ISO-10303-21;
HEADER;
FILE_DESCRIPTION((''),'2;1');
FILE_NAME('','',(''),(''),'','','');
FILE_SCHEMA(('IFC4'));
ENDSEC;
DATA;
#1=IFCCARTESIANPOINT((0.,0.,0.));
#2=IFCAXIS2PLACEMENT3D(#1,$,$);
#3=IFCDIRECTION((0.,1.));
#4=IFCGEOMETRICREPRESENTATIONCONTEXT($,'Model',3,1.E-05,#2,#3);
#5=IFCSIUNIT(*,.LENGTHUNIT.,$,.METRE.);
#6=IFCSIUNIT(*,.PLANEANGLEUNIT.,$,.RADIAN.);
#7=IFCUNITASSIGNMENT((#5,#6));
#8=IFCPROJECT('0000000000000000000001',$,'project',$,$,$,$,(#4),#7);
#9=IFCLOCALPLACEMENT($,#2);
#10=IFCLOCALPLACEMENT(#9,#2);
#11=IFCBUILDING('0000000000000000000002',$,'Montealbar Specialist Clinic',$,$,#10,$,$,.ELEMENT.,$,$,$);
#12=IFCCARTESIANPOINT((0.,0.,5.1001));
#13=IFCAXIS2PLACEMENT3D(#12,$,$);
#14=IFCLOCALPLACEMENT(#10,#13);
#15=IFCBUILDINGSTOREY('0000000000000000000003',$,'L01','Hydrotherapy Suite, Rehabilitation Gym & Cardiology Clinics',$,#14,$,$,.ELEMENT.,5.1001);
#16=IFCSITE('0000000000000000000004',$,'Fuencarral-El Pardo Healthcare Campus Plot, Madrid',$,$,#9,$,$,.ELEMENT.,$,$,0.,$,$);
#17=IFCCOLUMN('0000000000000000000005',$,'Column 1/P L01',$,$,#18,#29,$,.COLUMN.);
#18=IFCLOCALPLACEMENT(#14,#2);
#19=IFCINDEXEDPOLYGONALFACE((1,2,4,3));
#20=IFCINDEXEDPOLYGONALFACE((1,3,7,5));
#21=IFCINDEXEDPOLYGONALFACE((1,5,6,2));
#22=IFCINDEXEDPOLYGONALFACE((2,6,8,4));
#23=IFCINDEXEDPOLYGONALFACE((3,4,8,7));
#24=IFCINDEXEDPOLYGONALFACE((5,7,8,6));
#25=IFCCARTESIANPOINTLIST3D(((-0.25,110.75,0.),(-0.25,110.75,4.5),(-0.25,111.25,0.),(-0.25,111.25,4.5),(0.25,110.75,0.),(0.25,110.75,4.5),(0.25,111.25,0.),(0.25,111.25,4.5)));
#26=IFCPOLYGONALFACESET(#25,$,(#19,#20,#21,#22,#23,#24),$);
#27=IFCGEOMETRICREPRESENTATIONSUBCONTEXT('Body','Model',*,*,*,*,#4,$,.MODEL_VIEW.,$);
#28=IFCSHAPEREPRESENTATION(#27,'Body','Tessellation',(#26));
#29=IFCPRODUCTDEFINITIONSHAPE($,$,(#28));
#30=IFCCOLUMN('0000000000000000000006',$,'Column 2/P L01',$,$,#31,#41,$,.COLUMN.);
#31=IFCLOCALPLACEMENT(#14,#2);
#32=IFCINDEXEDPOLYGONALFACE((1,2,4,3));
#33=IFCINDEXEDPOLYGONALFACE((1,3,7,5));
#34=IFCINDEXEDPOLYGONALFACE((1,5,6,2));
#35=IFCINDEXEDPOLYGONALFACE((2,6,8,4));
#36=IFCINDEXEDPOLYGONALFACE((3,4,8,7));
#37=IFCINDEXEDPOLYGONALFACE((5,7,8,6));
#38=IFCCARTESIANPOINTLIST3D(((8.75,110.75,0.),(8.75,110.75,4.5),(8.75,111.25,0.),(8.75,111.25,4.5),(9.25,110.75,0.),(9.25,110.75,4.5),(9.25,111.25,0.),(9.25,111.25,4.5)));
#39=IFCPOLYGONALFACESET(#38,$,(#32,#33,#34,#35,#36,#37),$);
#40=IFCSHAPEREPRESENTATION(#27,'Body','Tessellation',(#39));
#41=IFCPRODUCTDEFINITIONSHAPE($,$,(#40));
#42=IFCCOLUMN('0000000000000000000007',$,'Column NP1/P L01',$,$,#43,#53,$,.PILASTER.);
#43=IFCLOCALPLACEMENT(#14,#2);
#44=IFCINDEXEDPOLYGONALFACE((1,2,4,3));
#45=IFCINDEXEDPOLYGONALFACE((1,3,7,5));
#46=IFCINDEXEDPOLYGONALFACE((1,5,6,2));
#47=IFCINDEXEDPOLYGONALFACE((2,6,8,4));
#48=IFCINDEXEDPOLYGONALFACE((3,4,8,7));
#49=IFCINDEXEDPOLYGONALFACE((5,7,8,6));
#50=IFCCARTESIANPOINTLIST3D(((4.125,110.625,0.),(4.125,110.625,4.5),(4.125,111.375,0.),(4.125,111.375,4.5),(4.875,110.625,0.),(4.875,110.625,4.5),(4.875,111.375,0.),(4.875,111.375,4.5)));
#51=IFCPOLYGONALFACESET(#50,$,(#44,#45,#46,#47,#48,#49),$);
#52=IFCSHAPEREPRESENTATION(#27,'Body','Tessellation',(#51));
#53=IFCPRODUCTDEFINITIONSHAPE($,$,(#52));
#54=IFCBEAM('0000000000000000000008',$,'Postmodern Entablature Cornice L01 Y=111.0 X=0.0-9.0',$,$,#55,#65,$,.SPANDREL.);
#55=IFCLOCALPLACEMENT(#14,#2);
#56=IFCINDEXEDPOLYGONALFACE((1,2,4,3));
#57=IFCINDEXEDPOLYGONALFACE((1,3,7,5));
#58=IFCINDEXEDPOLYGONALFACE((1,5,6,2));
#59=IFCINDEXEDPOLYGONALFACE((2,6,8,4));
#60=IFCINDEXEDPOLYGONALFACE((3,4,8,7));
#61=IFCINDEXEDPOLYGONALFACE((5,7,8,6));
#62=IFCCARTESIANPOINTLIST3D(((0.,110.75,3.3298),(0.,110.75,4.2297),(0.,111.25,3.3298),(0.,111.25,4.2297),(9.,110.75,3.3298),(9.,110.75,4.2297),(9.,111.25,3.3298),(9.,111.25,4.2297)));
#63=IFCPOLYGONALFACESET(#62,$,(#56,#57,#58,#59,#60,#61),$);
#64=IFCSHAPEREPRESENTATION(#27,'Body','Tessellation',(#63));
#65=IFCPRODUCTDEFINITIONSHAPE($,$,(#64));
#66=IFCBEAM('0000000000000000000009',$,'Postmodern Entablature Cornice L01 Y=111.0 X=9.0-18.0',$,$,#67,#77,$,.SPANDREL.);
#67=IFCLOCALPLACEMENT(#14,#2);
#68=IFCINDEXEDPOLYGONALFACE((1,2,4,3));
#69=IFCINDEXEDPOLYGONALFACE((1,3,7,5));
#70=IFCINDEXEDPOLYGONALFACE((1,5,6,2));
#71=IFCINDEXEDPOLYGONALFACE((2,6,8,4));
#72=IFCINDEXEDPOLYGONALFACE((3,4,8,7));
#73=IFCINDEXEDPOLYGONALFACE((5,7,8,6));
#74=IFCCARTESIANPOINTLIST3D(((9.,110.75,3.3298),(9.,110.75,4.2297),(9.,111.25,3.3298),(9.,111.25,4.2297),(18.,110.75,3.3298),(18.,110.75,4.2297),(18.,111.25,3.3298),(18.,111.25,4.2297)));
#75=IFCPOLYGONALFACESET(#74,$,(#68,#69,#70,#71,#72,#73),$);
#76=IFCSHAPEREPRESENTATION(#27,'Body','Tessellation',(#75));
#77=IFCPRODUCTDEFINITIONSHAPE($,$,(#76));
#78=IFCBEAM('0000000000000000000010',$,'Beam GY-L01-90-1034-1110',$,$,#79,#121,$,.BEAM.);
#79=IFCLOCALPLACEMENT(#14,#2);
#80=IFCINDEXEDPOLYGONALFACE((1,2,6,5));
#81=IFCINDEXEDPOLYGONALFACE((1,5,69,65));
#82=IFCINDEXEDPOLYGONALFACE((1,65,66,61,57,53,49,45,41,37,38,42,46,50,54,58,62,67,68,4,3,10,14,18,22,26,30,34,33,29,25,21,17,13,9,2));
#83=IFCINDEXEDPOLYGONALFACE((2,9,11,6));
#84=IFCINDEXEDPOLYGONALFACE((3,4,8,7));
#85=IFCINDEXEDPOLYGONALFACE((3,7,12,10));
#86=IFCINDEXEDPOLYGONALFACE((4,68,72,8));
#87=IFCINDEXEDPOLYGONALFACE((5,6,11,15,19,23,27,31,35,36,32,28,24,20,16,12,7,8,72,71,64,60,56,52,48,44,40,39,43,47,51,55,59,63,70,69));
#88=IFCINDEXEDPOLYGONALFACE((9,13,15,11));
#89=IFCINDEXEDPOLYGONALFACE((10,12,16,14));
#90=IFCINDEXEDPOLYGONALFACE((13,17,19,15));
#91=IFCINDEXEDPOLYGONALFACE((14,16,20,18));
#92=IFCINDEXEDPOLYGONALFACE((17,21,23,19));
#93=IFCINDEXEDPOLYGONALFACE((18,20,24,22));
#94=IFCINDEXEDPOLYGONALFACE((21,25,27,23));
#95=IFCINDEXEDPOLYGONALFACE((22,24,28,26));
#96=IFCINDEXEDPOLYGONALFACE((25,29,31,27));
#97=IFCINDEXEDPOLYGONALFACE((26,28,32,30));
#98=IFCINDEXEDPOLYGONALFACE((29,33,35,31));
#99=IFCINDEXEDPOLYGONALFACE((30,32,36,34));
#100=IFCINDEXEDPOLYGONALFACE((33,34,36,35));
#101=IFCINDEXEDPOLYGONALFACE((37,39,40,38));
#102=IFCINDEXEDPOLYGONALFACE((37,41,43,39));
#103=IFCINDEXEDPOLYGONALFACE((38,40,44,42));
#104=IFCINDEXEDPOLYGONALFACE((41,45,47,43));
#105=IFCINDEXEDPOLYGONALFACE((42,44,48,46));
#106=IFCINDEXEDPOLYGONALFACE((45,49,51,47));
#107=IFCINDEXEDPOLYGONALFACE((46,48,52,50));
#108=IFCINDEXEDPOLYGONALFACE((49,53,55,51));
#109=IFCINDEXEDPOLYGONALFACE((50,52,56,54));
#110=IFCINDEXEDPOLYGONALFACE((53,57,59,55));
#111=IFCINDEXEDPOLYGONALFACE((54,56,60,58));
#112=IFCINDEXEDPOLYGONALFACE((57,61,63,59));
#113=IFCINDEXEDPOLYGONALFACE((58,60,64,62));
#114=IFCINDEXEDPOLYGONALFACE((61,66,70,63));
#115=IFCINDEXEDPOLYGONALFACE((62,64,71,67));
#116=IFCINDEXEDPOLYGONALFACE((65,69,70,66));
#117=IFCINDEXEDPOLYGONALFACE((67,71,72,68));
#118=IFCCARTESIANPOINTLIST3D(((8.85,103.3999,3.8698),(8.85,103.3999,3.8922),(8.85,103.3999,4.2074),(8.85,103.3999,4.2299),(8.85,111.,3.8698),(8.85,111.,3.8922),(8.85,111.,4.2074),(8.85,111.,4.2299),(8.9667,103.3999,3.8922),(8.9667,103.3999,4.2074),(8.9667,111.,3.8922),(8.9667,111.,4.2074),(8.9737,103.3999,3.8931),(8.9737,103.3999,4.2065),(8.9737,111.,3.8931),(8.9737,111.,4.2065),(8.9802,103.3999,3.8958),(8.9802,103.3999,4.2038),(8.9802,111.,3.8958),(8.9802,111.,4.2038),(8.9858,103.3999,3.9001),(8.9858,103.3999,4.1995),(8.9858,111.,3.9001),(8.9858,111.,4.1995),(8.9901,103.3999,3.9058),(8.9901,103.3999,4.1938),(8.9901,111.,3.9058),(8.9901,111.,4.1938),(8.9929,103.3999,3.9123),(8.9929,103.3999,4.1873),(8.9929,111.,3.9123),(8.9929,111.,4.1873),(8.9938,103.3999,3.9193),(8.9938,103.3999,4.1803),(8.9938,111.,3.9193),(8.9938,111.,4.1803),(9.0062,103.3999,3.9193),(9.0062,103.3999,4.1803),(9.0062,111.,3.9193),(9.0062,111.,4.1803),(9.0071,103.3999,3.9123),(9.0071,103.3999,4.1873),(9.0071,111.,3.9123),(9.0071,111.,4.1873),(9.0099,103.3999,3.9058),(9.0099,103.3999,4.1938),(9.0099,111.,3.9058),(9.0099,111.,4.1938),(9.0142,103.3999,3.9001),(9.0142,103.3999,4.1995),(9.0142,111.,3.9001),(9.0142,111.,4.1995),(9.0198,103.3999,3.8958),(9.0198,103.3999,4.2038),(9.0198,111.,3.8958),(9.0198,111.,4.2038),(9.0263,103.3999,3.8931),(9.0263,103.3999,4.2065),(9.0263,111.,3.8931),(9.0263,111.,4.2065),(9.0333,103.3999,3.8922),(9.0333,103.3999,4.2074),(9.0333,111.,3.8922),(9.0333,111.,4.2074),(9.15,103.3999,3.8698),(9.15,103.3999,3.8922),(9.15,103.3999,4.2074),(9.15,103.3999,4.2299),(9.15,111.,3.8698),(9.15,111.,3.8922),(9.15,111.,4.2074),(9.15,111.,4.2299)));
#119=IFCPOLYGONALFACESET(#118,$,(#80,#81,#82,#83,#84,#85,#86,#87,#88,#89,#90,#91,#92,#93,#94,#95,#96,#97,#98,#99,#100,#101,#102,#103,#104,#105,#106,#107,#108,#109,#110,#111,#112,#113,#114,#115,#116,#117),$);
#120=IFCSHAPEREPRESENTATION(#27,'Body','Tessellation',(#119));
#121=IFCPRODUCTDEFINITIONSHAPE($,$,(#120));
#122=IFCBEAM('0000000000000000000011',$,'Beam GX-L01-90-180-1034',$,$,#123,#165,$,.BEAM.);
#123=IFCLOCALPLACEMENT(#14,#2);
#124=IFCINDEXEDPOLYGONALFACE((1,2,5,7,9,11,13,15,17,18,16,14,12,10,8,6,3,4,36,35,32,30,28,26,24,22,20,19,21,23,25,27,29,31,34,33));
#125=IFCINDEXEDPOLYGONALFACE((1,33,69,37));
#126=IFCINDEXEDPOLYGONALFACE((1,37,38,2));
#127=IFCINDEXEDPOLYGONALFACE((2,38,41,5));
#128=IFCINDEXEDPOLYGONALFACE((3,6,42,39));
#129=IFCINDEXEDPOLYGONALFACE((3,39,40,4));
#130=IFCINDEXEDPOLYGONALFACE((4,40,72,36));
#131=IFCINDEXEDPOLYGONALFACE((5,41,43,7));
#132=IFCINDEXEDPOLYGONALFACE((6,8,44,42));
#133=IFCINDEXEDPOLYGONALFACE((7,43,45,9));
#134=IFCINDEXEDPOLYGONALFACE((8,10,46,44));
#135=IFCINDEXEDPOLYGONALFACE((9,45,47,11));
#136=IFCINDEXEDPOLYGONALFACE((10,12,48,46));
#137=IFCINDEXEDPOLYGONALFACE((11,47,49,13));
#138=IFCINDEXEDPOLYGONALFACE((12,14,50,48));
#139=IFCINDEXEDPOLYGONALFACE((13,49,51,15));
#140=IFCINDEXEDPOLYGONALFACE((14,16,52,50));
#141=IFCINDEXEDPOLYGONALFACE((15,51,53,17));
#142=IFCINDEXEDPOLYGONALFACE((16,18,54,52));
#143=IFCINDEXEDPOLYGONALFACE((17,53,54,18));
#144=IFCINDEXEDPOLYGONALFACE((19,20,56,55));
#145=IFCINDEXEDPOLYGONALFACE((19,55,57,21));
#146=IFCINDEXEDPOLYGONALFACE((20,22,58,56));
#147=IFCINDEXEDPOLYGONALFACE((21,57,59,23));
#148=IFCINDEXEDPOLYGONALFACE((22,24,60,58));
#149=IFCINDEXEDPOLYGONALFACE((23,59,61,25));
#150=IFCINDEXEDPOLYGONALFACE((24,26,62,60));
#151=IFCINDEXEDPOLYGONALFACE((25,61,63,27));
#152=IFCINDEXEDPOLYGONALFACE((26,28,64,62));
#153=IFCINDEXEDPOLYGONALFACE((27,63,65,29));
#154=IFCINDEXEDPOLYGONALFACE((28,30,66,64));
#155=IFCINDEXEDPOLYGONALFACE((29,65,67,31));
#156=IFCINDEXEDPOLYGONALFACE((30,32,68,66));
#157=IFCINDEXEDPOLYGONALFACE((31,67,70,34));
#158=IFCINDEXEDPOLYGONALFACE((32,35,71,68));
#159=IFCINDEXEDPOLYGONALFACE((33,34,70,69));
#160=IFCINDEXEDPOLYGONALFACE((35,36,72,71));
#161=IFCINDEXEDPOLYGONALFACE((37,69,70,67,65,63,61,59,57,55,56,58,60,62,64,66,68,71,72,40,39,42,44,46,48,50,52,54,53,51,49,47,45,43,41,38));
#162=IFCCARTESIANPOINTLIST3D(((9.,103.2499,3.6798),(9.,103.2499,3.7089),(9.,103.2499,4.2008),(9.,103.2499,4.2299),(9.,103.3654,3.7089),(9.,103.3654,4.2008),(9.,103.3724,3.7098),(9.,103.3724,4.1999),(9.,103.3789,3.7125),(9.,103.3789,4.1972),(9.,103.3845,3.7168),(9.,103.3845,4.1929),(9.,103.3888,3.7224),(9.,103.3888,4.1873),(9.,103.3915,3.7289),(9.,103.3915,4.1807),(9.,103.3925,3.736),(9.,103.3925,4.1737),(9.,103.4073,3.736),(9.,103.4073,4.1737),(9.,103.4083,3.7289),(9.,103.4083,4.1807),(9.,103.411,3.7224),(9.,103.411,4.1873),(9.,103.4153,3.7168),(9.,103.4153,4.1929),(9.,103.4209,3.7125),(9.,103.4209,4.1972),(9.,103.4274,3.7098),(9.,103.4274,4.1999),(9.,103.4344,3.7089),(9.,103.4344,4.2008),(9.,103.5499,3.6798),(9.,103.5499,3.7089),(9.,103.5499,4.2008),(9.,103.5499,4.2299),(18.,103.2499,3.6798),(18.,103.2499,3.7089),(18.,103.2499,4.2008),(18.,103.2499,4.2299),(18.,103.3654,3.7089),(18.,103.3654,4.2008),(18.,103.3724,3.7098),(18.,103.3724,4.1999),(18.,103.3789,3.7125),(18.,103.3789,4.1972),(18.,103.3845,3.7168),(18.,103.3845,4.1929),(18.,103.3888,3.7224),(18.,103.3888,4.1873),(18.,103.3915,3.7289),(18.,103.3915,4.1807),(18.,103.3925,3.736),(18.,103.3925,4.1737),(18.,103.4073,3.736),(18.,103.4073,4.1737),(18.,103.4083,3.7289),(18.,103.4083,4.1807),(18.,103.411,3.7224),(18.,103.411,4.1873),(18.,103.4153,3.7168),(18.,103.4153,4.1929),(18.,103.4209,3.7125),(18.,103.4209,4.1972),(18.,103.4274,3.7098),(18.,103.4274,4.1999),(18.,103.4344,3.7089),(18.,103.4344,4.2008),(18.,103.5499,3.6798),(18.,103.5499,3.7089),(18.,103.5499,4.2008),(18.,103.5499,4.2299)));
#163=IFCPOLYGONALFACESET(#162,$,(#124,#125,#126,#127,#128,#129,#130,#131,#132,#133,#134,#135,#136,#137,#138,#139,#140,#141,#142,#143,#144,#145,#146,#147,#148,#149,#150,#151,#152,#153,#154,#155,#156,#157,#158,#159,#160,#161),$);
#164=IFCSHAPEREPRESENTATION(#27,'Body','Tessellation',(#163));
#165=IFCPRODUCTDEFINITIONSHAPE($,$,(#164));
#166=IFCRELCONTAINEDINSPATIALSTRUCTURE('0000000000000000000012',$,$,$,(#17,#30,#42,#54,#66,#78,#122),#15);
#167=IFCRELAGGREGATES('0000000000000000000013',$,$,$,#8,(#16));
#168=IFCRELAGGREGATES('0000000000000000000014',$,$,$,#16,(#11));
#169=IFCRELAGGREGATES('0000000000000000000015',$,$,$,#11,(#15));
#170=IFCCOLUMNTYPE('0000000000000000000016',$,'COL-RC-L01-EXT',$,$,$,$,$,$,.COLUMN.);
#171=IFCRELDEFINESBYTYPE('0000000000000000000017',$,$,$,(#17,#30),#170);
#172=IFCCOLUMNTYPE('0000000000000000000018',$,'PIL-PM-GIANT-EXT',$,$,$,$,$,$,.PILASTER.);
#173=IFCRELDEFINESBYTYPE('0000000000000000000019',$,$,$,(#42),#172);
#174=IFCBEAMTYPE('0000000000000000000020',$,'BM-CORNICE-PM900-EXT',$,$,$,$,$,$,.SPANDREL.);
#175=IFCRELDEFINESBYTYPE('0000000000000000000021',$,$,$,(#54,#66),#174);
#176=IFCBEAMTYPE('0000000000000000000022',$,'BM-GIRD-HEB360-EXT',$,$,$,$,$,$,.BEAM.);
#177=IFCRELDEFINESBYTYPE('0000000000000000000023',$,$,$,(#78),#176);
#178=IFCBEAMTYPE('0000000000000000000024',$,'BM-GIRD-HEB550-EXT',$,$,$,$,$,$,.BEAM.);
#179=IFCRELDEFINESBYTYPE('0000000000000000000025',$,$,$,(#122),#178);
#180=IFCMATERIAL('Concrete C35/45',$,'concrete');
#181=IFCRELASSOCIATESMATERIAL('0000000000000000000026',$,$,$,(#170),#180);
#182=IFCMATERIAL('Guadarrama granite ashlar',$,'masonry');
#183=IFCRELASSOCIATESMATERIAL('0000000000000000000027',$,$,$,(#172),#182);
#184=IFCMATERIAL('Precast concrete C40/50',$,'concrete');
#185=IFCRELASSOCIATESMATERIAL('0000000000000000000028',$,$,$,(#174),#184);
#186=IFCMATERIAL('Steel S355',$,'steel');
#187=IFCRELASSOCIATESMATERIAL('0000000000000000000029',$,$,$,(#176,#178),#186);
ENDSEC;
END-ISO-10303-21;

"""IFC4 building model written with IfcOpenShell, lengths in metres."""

from ifc_helpers import new_model, si_unit, direction, frame, origin, origin_2d, place, context, subcontext, project, spatial, rectangle, i_section, extrude, material, material_profile, profile_set, type_object, element, save


model = new_model("IFC4")

# Units and contexts
model_context = context("Model", 3, precision=1e-05, world=origin(), true_north=direction((0.0, 1.0)))
body_context = subcontext(model_context, "Body", "Model", "MODEL_VIEW")
ifc_project = project(units=[si_unit("LENGTHUNIT", "METRE"), si_unit("PLANEANGLEUNIT", "RADIAN")], contexts=[model_context])

# Site, building, storey
site_placement = place(None, origin())
site = spatial("IfcSite", under=ifc_project, at=site_placement, Name="Fuencarral-El Pardo Healthcare Campus Plot, Madrid", CompositionType="ELEMENT", RefElevation=0.0)
building_placement = place(site_placement, origin())
building = spatial("IfcBuilding", under=site, at=building_placement, Name="Montealbar Specialist Clinic", CompositionType="ELEMENT")
storey_placement = place(building_placement, frame((0.0, 0.0, 5.1001)))
storey = spatial("IfcBuildingStorey", under=building, at=storey_placement, Name="L01", Description="Hydrotherapy Suite, Rehabilitation Gym & Cardiology Clinics", CompositionType="ELEMENT", Elevation=5.1001)

# Columns
ifc_material_1 = material(Name="Concrete C35/45", Category="concrete")
ifc_material_profile_1 = material_profile(ifc_material_1, rectangle(XDim=0.5, YDim=0.5, at=origin_2d()), Name="RC 500x500", Category="concrete")
ifc_profile_set_1 = profile_set([ifc_material_profile_1], Name="Concrete C35/45")
column_type_1 = type_object("IfcColumnType", Name="COL-RC-L01-EXT", PredefinedType="COLUMN", material=ifc_profile_set_1)
for number, where, z_axis, x_axis, name in (
    (1, (0.0, 111.0, 0.0), (0.0, 0.0, 1.0), (1.0, 0.0, 0.0), "Column 1/P L01"),
    (2, (9.0, 111.0, 0.0), (0.0, 0.0, 1.0), (1.0, 0.0, 0.0), "Column 2/P L01"),
):
    element("IfcColumn", number, at=place(storey_placement, frame(where, z_axis=z_axis, x_axis=x_axis)), inside=storey, type_object=column_type_1, Name=name, PredefinedType="COLUMN", context=body_context, shape_type="SweptSolid", body=[
        extrude(rectangle(XDim=0.5, YDim=0.5, at=origin_2d()), origin(), (0.0, 0.0, 1.0), 4.5),
    ])
ifc_material_2 = material(Name="Guadarrama granite ashlar", Category="masonry")
ifc_material_profile_2 = material_profile(ifc_material_2, rectangle(XDim=0.75, YDim=0.75, at=origin_2d()), Name="GRANITE PILASTER 750x750", Category="masonry")
ifc_profile_set_2 = profile_set([ifc_material_profile_2], Name="Guadarrama granite ashlar")
column_type_2 = type_object("IfcColumnType", Name="PIL-PM-GIANT-EXT", PredefinedType="PILASTER", material=ifc_profile_set_2)
column_placement = place(storey_placement, frame((4.5, 111.0, 0.0), z_axis=(0.0, 0.0, 1.0), x_axis=(1.0, 0.0, 0.0)))
element("IfcColumn", 3, at=column_placement, inside=storey, type_object=column_type_2, Name="Column NP1/P L01", PredefinedType="PILASTER", context=body_context, shape_type="SweptSolid", body=[
    extrude(rectangle(XDim=0.75, YDim=0.75, at=origin_2d()), origin(), (0.0, 0.0, 1.0), 4.5),
])

# Beams
ifc_material_3 = material(Name="Precast concrete C40/50", Category="concrete")
ifc_material_profile_3 = material_profile(ifc_material_3, rectangle(XDim=0.5, YDim=0.8999, at=origin_2d()), Name="PRECAST CORNICE 500x900", Category="concrete")
ifc_profile_set_3 = profile_set([ifc_material_profile_3], Name="Precast concrete C40/50")
beam_type_1 = type_object("IfcBeamType", Name="BM-CORNICE-PM900-EXT", PredefinedType="SPANDREL", material=ifc_profile_set_3)
for number, where, z_axis, x_axis, name in (
    (4, (0.0, 111.0, 3.7798), (1.0, 0.0, 0.0), (0.0, 1.0, 0.0), "Postmodern Entablature Cornice L01 Y=111.0 X=0.0-9.0"),
    (5, (9.0, 111.0, 3.7798), (1.0, 0.0, 0.0), (0.0, 1.0, 0.0), "Postmodern Entablature Cornice L01 Y=111.0 X=9.0-18.0"),
):
    element("IfcBeam", number, at=place(storey_placement, frame(where, z_axis=z_axis, x_axis=x_axis)), inside=storey, type_object=beam_type_1, Name=name, PredefinedType="SPANDREL", context=body_context, shape_type="SweptSolid", body=[
        extrude(rectangle(XDim=0.5, YDim=0.8999, at=origin_2d()), origin(), (0.0, 0.0, 1.0), 9.0),
    ])
ifc_material_4 = material(Name="Steel S355", Category="steel")
ifc_material_profile_4 = material_profile(ifc_material_4, i_section(OverallWidth=0.3, OverallDepth=0.3601, WebThickness=0.0125, FlangeThickness=0.0225, FilletRadius=0.0271, at=origin_2d()), Name="HEB 360", Category="steel")
ifc_profile_set_4 = profile_set([ifc_material_profile_4], Name="Steel S355")
beam_type_2 = type_object("IfcBeamType", Name="BM-GIRD-HEB360-EXT", PredefinedType="BEAM", material=ifc_profile_set_4)
beam_1_placement = place(storey_placement, frame((9.0, 103.3999, 4.0498), z_axis=(0.0, 1.0, 0.0), x_axis=(-1.0, 0.0, 0.0)))
element("IfcBeam", 6, at=beam_1_placement, inside=storey, type_object=beam_type_2, Name="Beam GY-L01-90-1034-1110", PredefinedType="BEAM", context=body_context, shape_type="SweptSolid", body=[
    extrude(i_section(OverallWidth=0.3, OverallDepth=0.3601, WebThickness=0.0125, FlangeThickness=0.0225, FilletRadius=0.0271, at=origin_2d()), origin(), (0.0, 0.0, 1.0), 7.6001),
])
ifc_material_profile_5 = material_profile(ifc_material_4, i_section(OverallWidth=0.3, OverallDepth=0.55, WebThickness=0.0149, FlangeThickness=0.0291, FilletRadius=0.0271, at=origin_2d()), Name="HEB 550", Category="steel")
ifc_profile_set_5 = profile_set([ifc_material_profile_5], Name="Steel S355")
beam_type_3 = type_object("IfcBeamType", Name="BM-GIRD-HEB550-EXT", PredefinedType="BEAM", material=ifc_profile_set_5)
beam_2_placement = place(storey_placement, frame((9.0, 103.3999, 3.9548), z_axis=(1.0, 0.0, 0.0), x_axis=(0.0, 1.0, 0.0)))
element("IfcBeam", 7, at=beam_2_placement, inside=storey, type_object=beam_type_3, Name="Beam GX-L01-90-180-1034", PredefinedType="BEAM", context=body_context, shape_type="SweptSolid", body=[
    extrude(i_section(OverallWidth=0.3, OverallDepth=0.55, WebThickness=0.0149, FlangeThickness=0.0291, FilletRadius=0.0271, at=origin_2d()), origin(), (0.0, 0.0, 1.0), 9.0),
])

save(model, "model.ifc")
